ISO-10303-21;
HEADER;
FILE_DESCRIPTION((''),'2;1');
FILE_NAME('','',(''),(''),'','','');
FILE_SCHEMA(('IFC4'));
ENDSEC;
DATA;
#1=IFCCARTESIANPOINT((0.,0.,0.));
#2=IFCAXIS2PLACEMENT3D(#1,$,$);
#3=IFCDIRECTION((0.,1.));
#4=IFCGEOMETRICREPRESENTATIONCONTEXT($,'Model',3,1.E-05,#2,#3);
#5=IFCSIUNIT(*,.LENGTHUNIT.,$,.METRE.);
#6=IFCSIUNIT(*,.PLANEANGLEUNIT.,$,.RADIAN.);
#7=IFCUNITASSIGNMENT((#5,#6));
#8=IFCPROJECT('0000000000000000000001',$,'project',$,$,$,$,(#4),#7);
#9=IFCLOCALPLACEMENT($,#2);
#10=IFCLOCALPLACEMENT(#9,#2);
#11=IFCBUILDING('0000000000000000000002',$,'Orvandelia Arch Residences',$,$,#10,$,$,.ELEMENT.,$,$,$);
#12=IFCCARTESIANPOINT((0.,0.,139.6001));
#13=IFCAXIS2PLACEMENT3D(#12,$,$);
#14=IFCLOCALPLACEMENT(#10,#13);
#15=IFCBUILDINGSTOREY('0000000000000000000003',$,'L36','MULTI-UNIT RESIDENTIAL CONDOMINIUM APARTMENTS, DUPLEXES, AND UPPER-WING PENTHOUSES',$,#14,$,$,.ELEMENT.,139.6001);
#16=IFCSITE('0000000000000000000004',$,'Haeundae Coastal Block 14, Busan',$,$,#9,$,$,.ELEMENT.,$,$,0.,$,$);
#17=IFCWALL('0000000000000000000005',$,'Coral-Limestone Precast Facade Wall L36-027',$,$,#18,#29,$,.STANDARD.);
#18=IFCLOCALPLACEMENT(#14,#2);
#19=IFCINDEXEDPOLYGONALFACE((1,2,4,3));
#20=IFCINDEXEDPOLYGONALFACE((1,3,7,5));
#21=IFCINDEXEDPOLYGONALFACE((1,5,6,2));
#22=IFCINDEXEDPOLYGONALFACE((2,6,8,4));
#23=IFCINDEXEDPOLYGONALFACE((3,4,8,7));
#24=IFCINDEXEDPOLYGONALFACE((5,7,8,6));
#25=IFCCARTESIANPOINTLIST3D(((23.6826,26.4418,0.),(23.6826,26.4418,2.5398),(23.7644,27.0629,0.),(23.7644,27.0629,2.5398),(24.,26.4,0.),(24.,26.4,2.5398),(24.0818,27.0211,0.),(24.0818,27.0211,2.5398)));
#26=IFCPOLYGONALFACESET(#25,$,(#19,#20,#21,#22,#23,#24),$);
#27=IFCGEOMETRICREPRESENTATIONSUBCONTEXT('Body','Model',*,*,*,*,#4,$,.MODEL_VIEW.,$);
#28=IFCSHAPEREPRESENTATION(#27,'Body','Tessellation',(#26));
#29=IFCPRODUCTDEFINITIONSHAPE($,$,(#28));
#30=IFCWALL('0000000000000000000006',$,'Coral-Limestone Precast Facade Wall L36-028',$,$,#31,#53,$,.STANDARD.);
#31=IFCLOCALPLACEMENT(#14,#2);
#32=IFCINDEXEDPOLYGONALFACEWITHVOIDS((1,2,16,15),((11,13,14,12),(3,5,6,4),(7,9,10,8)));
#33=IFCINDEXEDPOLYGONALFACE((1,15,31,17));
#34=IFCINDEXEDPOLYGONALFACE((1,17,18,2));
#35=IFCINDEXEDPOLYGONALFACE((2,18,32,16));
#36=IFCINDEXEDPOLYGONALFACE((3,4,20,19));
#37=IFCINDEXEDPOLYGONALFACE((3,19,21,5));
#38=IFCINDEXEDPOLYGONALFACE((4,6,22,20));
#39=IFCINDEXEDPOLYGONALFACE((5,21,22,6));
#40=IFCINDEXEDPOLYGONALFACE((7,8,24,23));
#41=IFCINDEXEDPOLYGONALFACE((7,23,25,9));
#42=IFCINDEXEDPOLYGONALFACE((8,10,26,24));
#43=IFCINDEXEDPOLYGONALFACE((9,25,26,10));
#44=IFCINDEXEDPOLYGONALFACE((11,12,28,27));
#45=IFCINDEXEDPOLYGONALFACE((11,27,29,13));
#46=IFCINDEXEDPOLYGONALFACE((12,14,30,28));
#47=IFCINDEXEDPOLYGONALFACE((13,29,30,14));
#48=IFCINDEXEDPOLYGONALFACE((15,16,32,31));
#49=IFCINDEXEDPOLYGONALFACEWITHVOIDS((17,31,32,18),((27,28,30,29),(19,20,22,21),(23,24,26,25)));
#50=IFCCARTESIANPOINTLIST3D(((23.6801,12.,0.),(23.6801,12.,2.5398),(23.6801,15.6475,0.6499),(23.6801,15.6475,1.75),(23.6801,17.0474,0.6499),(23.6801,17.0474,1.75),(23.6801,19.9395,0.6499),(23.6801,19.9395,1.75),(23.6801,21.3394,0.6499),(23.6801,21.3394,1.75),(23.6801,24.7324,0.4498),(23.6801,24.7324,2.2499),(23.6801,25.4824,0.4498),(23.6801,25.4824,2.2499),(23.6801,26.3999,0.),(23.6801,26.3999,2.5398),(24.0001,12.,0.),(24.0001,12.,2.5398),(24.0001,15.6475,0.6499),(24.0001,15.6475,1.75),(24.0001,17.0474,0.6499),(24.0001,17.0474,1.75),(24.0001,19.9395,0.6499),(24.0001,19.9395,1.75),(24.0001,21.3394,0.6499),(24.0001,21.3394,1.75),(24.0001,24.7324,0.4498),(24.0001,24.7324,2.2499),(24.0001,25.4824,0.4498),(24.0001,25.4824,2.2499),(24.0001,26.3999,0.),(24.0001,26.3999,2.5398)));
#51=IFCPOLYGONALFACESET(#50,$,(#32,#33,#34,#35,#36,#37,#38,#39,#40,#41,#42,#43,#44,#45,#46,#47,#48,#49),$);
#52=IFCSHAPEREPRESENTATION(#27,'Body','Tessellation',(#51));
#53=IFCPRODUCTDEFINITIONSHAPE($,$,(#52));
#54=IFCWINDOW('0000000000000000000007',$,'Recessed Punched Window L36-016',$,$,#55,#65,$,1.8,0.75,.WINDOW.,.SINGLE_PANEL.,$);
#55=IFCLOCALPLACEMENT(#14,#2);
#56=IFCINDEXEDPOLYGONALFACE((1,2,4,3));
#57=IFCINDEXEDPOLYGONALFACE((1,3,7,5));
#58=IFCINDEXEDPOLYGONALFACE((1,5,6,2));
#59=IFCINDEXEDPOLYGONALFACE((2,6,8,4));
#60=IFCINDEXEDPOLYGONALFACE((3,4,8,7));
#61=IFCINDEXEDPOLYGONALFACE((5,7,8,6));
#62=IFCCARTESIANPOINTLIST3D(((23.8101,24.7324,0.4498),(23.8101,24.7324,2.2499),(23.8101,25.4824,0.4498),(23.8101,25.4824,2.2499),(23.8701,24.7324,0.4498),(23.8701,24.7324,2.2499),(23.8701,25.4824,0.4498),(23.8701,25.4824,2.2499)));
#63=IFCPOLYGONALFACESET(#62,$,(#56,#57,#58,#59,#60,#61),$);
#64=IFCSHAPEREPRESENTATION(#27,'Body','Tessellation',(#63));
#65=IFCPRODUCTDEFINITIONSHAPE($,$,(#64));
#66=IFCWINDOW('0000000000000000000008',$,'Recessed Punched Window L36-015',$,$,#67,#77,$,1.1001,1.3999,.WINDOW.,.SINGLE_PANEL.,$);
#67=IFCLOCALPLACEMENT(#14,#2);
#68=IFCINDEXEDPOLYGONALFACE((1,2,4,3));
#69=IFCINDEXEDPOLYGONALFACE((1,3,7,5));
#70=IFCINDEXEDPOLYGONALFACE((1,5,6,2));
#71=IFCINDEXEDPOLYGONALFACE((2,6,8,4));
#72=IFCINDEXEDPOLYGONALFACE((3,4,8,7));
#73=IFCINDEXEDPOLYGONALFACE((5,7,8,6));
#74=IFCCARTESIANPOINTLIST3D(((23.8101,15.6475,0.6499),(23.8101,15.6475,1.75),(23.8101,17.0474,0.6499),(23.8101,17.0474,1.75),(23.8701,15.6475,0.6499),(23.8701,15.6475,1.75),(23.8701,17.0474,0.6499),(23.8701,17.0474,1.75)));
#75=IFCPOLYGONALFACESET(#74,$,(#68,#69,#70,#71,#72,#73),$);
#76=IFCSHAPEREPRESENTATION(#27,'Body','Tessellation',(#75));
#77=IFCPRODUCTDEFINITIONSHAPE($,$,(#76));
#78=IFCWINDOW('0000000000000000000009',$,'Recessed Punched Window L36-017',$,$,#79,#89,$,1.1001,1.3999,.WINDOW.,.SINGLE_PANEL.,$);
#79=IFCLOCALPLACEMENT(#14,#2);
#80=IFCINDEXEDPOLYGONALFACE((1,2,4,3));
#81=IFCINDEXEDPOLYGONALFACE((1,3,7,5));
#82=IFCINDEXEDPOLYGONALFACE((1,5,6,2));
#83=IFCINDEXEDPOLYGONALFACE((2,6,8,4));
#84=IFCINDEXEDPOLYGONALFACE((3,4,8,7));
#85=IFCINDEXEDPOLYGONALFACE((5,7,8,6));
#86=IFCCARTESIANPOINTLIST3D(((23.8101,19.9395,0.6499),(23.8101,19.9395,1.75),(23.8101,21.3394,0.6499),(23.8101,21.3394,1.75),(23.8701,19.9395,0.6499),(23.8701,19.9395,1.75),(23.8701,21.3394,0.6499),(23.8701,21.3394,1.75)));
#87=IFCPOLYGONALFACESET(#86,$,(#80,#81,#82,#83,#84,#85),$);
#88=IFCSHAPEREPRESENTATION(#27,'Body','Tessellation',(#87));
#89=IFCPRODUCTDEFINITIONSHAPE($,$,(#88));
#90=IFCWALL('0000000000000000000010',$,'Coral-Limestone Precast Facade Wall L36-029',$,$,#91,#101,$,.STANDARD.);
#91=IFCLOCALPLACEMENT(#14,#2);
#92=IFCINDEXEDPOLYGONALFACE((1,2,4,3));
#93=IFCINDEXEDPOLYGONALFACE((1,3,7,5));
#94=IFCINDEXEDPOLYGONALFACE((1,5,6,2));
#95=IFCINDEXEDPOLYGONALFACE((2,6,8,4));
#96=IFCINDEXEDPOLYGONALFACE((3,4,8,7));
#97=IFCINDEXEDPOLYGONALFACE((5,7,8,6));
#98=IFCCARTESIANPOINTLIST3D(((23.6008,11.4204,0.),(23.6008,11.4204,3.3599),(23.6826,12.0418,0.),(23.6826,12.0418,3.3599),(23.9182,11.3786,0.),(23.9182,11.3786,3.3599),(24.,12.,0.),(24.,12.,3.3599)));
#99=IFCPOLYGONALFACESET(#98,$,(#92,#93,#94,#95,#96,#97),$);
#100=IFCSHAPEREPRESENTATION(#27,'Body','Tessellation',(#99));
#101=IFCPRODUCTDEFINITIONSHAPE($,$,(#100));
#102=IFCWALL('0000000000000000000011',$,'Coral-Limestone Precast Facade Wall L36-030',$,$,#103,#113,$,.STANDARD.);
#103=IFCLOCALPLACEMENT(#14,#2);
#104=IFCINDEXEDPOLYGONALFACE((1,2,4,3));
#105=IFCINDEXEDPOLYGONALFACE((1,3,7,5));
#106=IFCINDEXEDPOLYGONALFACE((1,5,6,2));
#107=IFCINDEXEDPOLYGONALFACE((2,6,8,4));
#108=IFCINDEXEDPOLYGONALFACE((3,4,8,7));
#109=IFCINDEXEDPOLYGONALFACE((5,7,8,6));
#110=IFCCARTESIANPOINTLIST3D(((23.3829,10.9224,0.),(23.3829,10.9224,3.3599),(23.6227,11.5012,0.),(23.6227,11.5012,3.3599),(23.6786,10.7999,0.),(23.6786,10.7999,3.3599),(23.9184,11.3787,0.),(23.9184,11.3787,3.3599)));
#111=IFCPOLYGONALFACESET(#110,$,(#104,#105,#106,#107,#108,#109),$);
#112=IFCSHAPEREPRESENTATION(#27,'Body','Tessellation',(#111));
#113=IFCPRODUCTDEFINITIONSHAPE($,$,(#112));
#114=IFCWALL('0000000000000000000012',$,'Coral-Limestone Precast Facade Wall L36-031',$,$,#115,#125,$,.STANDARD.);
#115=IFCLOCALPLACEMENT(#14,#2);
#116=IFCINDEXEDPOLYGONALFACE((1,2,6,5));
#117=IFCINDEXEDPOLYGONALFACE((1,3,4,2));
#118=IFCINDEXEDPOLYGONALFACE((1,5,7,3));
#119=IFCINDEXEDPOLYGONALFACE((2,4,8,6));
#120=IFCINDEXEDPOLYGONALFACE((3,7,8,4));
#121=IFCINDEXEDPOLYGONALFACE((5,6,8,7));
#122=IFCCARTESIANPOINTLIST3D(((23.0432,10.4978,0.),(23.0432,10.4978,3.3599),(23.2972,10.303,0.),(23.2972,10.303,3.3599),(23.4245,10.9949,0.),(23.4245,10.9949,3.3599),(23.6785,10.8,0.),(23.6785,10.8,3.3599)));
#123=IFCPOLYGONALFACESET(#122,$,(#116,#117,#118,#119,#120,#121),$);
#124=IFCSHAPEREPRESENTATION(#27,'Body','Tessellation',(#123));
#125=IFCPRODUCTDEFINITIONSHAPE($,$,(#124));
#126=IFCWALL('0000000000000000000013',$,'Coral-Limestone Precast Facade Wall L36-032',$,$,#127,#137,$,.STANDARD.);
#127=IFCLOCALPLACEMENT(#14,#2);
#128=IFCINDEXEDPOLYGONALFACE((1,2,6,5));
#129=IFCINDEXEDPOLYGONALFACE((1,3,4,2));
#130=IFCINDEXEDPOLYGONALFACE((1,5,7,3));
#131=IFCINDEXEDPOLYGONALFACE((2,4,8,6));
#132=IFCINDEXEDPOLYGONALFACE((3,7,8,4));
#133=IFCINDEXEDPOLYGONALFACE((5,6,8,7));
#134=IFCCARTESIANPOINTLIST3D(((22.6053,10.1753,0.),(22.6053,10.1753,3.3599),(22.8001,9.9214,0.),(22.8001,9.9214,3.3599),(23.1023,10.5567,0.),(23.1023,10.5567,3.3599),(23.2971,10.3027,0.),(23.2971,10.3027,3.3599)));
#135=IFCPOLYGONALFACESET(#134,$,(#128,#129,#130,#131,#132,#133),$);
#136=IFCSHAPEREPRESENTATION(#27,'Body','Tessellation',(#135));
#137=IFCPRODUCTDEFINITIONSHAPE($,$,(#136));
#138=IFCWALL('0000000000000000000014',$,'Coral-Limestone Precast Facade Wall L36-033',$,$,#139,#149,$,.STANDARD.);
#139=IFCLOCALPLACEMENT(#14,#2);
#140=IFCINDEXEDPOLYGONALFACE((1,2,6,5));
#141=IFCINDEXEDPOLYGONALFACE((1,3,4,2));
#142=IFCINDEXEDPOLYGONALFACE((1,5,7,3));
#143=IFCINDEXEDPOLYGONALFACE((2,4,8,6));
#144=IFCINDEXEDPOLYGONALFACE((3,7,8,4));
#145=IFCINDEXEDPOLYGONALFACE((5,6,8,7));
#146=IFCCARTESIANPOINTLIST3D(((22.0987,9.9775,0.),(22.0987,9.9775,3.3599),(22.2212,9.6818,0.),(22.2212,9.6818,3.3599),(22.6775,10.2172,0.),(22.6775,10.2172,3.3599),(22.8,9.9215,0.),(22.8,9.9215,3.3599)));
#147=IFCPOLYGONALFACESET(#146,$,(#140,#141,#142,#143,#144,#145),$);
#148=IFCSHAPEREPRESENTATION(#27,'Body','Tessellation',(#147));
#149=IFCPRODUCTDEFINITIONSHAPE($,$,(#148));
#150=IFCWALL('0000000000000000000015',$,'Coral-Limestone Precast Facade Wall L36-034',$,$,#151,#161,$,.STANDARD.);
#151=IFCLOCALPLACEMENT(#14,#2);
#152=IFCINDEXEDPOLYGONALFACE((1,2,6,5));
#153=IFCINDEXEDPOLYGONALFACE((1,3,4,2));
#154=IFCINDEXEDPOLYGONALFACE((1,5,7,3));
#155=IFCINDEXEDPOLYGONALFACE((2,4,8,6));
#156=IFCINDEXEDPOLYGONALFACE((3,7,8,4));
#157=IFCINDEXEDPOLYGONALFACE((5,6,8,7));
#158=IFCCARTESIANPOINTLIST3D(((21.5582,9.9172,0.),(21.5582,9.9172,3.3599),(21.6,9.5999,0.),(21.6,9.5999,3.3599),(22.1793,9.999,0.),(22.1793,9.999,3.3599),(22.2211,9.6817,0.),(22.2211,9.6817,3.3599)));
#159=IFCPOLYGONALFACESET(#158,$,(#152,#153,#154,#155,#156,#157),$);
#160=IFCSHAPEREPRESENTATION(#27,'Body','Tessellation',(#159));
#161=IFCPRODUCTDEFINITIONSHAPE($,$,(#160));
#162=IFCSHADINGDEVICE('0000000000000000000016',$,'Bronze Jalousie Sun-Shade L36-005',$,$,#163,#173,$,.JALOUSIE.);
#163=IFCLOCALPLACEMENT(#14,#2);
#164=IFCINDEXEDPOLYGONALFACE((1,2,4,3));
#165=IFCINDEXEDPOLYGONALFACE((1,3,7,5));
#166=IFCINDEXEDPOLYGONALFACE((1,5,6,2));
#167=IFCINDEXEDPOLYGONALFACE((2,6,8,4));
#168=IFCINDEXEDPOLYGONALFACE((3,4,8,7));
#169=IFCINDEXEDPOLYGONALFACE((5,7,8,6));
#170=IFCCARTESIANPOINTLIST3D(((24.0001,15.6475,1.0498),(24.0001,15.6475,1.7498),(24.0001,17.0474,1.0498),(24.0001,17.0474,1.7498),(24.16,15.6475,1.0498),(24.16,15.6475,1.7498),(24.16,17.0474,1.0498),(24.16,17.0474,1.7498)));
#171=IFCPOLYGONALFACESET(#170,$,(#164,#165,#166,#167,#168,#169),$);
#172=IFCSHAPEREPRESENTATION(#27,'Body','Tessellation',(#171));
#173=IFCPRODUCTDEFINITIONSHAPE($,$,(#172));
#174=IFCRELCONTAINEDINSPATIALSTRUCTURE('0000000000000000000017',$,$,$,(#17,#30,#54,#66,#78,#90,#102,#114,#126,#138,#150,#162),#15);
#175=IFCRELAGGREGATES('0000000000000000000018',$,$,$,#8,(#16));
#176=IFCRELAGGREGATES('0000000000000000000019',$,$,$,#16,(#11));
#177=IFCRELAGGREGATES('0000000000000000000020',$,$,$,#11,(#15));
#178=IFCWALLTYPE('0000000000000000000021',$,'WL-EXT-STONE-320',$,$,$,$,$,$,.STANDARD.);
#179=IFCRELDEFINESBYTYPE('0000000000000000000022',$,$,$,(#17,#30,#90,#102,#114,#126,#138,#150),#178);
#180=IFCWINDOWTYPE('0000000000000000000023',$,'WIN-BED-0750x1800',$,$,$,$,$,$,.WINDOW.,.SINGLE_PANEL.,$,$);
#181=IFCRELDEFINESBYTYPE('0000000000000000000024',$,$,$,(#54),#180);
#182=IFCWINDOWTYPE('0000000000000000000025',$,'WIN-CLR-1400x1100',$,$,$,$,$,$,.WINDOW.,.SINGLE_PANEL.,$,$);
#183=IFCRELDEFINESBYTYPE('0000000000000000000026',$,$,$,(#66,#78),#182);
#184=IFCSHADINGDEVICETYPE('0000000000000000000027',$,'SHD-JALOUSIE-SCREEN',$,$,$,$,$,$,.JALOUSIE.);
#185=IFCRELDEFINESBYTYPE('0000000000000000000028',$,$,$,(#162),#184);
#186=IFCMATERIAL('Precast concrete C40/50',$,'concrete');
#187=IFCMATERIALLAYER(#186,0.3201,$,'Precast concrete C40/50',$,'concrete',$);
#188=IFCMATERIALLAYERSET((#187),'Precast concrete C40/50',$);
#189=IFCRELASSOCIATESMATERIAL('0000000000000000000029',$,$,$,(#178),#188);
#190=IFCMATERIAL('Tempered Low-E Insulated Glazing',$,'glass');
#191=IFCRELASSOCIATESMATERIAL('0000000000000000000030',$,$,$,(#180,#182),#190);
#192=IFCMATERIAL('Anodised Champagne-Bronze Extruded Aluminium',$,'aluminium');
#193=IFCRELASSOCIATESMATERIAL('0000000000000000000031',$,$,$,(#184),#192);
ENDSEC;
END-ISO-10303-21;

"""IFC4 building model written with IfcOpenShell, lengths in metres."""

from ifc_helpers import new_model, si_unit, direction, frame, frame_2d, origin, origin_2d, place, context, subcontext, project, spatial, rectangle, extrude, material, layer, layer_set, type_object, element, fill, save


model = new_model("IFC4")

# Units and contexts
model_context = context("Model", 3, precision=1e-05, world=origin(), true_north=direction((0.0, 1.0)))
body_context = subcontext(model_context, "Body", "Model", "MODEL_VIEW")
ifc_project = project(units=[si_unit("LENGTHUNIT", "METRE"), si_unit("PLANEANGLEUNIT", "RADIAN")], contexts=[model_context])

# Site, building, storey
site_placement = place(None, origin())
site = spatial("IfcSite", under=ifc_project, at=site_placement, Name="Haeundae Coastal Block 14, Busan", CompositionType="ELEMENT", RefElevation=0.0)
building_placement = place(site_placement, origin())
building = spatial("IfcBuilding", under=site, at=building_placement, Name="Orvandelia Arch Residences", CompositionType="ELEMENT")
storey_placement = place(building_placement, frame((0.0, 0.0, 139.6001)))
storey = spatial("IfcBuildingStorey", under=building, at=storey_placement, Name="L36", Description="MULTI-UNIT RESIDENTIAL CONDOMINIUM APARTMENTS, DUPLEXES, AND UPPER-WING PENTHOUSES", CompositionType="ELEMENT", Elevation=139.6001)

# Wall
ifc_material_1 = material(Name="Precast concrete C40/50", Category="concrete")
ifc_layer = layer(ifc_material_1, 0.3201, Name="Precast concrete C40/50", Category="concrete")
ifc_layer_set = layer_set([ifc_layer], Name="Precast concrete C40/50")
wall_type = type_object("IfcWallType", Name="WL-EXT-STONE-320", PredefinedType="STANDARD", material=ifc_layer_set)
wall_1_placement = place(storey_placement, frame((23.9231, 27.042, 0.0), z_axis=(0.0, 0.0, 1.0), x_axis=(-0.130555, -0.991441, 0.0)))
element("IfcWall", 1, at=wall_1_placement, inside=storey, type_object=wall_type, Name="Coral-Limestone Precast Facade Wall L36-027", PredefinedType="STANDARD", context=body_context, shape_type="SweptSolid", body=[
    extrude(rectangle(XDim=0.6265, YDim=0.3201, at=frame_2d((0.3132, 0.0))), origin(), (0.0, 0.0, 1.0), 2.5398),
])

# Wall, openings, windows
wall_2_placement = place(storey_placement, frame((23.8401, 26.3999, 0.0), z_axis=(0.0, 0.0, 1.0), x_axis=(0.0, -1.0, 0.0)))
wall_2 = element("IfcWall", 2, at=wall_2_placement, inside=storey, type_object=wall_type, Name="Coral-Limestone Precast Facade Wall L36-028", PredefinedType="STANDARD", context=body_context, shape_type="SweptSolid", body=[
    extrude(rectangle(XDim=14.3999, YDim=0.3201, at=frame_2d((7.2, 0.0))), origin(), (0.0, 0.0, 1.0), 2.5398),
])
opening_1_placement = place(wall_2_placement, frame((9.3525, 0.0, 0.6499)))
opening_1 = element("IfcOpeningElement", 3, at=opening_1_placement, cuts=wall_2, PredefinedType="OPENING", context=body_context, shape_type="SweptSolid", body=[
    extrude(rectangle(XDim=1.3999, YDim=1.1001, at=frame_2d((0.7, 0.55))), frame((0.0, 0.1699, 0.0), z_axis=(0.0, -1.0, 0.0), x_axis=(1.0, 0.0, 0.0)), (0.0, 0.0, 1.0), 0.3401),
])
opening_2_placement = place(wall_2_placement, frame((0.9175, 0.0, 0.45)))
opening_2 = element("IfcOpeningElement", 4, at=opening_2_placement, cuts=wall_2, PredefinedType="OPENING", context=body_context, shape_type="SweptSolid", body=[
    extrude(rectangle(XDim=0.75, YDim=1.8, at=frame_2d((0.375, 0.8999))), frame((0.0, 0.1699, 0.0), z_axis=(0.0, -1.0, 0.0), x_axis=(1.0, 0.0, 0.0)), (0.0, 0.0, 1.0), 0.3401),
])
opening_3_placement = place(wall_2_placement, frame((5.0605, 0.0, 0.6499)))
opening_3 = element("IfcOpeningElement", 5, at=opening_3_placement, cuts=wall_2, PredefinedType="OPENING", context=body_context, shape_type="SweptSolid", body=[
    extrude(rectangle(XDim=1.3999, YDim=1.1001, at=frame_2d((0.7, 0.55))), frame((0.0, 0.1699, 0.0), z_axis=(0.0, -1.0, 0.0), x_axis=(1.0, 0.0, 0.0)), (0.0, 0.0, 1.0), 0.3401),
])
ifc_material_2 = material(Name="Tempered Low-E Insulated Glazing", Category="glass")
window_type_1 = type_object("IfcWindowType", Name="WIN-BED-0750x1800", PartitioningType="SINGLE_PANEL", PredefinedType="WINDOW", material=ifc_material_2)
window_1_placement = place(opening_2_placement, origin())
window_1 = element("IfcWindow", 6, at=window_1_placement, inside=storey, type_object=window_type_1, Name="Recessed Punched Window L36-016", OverallHeight=1.8, OverallWidth=0.75, PartitioningType="SINGLE_PANEL", PredefinedType="WINDOW", context=body_context, shape_type="SweptSolid", body=[
    extrude(rectangle(XDim=0.75, YDim=1.8, at=frame_2d((0.375, 0.8999))), frame((0.0, 0.03, 0.0), z_axis=(0.0, -1.0, 0.0), x_axis=(1.0, 0.0, 0.0)), (0.0, 0.0, 1.0), 0.0601),
])
fill(opening_2, window_1)
window_type_2 = type_object("IfcWindowType", Name="WIN-CLR-1400x1100", PartitioningType="SINGLE_PANEL", PredefinedType="WINDOW", material=ifc_material_2)
window_2_placement = place(opening_1_placement, origin())
window_2 = element("IfcWindow", 7, at=window_2_placement, inside=storey, type_object=window_type_2, Name="Recessed Punched Window L36-015", OverallHeight=1.1001, OverallWidth=1.3999, PartitioningType="SINGLE_PANEL", PredefinedType="WINDOW", context=body_context, shape_type="SweptSolid", body=[
    extrude(rectangle(XDim=1.3999, YDim=1.1001, at=frame_2d((0.7, 0.55))), frame((0.0, 0.03, 0.0), z_axis=(0.0, -1.0, 0.0), x_axis=(1.0, 0.0, 0.0)), (0.0, 0.0, 1.0), 0.0601),
])
fill(opening_1, window_2)
window_3_placement = place(opening_3_placement, origin())
window_3 = element("IfcWindow", 8, at=window_3_placement, inside=storey, type_object=window_type_2, Name="Recessed Punched Window L36-017", OverallHeight=1.1001, OverallWidth=1.3999, PartitioningType="SINGLE_PANEL", PredefinedType="WINDOW", context=body_context, shape_type="SweptSolid", body=[
    extrude(rectangle(XDim=1.3999, YDim=1.1001, at=frame_2d((0.7, 0.55))), frame((0.0, 0.03, 0.0), z_axis=(0.0, -1.0, 0.0), x_axis=(1.0, 0.0, 0.0)), (0.0, 0.0, 1.0), 0.0601),
])
fill(opening_3, window_3)

# Walls
wall_3_placement = place(storey_placement, frame((23.8413, 12.021, 0.0), z_axis=(0.0, 0.0, 1.0), x_axis=(-0.130505, -0.991448, 0.0)))
element("IfcWall", 9, at=wall_3_placement, inside=storey, type_object=wall_type, Name="Coral-Limestone Precast Facade Wall L36-029", PredefinedType="STANDARD", context=body_context, shape_type="SweptSolid", body=[
    extrude(rectangle(XDim=0.6267, YDim=0.3201, at=frame_2d((0.3135, 0.0))), origin(), (0.0, 0.0, 1.0), 3.3599),
])
for number, where, z_axis, x_axis, name in (
    (10, (23.7705, 11.4399, 0.0), (0.0, 0.0, 1.0), (-0.38265, -0.923893, 0.0), "Coral-Limestone Precast Facade Wall L36-030"),
    (11, (23.5515, 10.8975, 0.0), (0.0, 0.0, 1.0), (-0.608693, -0.793406, 0.0), "Coral-Limestone Precast Facade Wall L36-031"),
    (12, (23.1997, 10.4297, 0.0), (0.0, 0.0, 1.0), (-0.793406, -0.608693, 0.0), "Coral-Limestone Precast Facade Wall L36-032"),
    (13, (22.7388, 10.0693, 0.0), (0.0, 0.0, 1.0), (-0.923893, -0.38265, 0.0), "Coral-Limestone Precast Facade Wall L36-033"),
    (14, (22.2002, 9.8403, 0.0), (0.0, 0.0, 1.0), (-0.991441, -0.130555, 0.0), "Coral-Limestone Precast Facade Wall L36-034"),
):
    element("IfcWall", number, at=place(storey_placement, frame(where, z_axis=z_axis, x_axis=x_axis)), inside=storey, type_object=wall_type, Name=name, PredefinedType="STANDARD", context=body_context, shape_type="SweptSolid", body=[
        extrude(rectangle(XDim=0.6265, YDim=0.3201, at=frame_2d((0.3132, 0.0))), origin(), (0.0, 0.0, 1.0), 3.3599),
    ])

# Shading device
ifc_material_3 = material(Name="Anodised Champagne-Bronze Extruded Aluminium", Category="aluminium")
shading_device_type = type_object("IfcShadingDeviceType", Name="SHD-JALOUSIE-SCREEN", PredefinedType="JALOUSIE", material=ifc_material_3)
shading_device_placement = place(storey_placement, frame((24.0801, 16.3474, 1.0498), z_axis=(0.0, 0.0, 1.0), x_axis=(0.0, -1.0, 0.0)))
element("IfcShadingDevice", 15, at=shading_device_placement, inside=storey, type_object=shading_device_type, Name="Bronze Jalousie Sun-Shade L36-005", PredefinedType="JALOUSIE", context=body_context, shape_type="SweptSolid", body=[
    extrude(rectangle(XDim=1.3999, YDim=0.1599, at=origin_2d()), origin(), (0.0, 0.0, 1.0), 0.7),
])

save(model, "model.ifc")
